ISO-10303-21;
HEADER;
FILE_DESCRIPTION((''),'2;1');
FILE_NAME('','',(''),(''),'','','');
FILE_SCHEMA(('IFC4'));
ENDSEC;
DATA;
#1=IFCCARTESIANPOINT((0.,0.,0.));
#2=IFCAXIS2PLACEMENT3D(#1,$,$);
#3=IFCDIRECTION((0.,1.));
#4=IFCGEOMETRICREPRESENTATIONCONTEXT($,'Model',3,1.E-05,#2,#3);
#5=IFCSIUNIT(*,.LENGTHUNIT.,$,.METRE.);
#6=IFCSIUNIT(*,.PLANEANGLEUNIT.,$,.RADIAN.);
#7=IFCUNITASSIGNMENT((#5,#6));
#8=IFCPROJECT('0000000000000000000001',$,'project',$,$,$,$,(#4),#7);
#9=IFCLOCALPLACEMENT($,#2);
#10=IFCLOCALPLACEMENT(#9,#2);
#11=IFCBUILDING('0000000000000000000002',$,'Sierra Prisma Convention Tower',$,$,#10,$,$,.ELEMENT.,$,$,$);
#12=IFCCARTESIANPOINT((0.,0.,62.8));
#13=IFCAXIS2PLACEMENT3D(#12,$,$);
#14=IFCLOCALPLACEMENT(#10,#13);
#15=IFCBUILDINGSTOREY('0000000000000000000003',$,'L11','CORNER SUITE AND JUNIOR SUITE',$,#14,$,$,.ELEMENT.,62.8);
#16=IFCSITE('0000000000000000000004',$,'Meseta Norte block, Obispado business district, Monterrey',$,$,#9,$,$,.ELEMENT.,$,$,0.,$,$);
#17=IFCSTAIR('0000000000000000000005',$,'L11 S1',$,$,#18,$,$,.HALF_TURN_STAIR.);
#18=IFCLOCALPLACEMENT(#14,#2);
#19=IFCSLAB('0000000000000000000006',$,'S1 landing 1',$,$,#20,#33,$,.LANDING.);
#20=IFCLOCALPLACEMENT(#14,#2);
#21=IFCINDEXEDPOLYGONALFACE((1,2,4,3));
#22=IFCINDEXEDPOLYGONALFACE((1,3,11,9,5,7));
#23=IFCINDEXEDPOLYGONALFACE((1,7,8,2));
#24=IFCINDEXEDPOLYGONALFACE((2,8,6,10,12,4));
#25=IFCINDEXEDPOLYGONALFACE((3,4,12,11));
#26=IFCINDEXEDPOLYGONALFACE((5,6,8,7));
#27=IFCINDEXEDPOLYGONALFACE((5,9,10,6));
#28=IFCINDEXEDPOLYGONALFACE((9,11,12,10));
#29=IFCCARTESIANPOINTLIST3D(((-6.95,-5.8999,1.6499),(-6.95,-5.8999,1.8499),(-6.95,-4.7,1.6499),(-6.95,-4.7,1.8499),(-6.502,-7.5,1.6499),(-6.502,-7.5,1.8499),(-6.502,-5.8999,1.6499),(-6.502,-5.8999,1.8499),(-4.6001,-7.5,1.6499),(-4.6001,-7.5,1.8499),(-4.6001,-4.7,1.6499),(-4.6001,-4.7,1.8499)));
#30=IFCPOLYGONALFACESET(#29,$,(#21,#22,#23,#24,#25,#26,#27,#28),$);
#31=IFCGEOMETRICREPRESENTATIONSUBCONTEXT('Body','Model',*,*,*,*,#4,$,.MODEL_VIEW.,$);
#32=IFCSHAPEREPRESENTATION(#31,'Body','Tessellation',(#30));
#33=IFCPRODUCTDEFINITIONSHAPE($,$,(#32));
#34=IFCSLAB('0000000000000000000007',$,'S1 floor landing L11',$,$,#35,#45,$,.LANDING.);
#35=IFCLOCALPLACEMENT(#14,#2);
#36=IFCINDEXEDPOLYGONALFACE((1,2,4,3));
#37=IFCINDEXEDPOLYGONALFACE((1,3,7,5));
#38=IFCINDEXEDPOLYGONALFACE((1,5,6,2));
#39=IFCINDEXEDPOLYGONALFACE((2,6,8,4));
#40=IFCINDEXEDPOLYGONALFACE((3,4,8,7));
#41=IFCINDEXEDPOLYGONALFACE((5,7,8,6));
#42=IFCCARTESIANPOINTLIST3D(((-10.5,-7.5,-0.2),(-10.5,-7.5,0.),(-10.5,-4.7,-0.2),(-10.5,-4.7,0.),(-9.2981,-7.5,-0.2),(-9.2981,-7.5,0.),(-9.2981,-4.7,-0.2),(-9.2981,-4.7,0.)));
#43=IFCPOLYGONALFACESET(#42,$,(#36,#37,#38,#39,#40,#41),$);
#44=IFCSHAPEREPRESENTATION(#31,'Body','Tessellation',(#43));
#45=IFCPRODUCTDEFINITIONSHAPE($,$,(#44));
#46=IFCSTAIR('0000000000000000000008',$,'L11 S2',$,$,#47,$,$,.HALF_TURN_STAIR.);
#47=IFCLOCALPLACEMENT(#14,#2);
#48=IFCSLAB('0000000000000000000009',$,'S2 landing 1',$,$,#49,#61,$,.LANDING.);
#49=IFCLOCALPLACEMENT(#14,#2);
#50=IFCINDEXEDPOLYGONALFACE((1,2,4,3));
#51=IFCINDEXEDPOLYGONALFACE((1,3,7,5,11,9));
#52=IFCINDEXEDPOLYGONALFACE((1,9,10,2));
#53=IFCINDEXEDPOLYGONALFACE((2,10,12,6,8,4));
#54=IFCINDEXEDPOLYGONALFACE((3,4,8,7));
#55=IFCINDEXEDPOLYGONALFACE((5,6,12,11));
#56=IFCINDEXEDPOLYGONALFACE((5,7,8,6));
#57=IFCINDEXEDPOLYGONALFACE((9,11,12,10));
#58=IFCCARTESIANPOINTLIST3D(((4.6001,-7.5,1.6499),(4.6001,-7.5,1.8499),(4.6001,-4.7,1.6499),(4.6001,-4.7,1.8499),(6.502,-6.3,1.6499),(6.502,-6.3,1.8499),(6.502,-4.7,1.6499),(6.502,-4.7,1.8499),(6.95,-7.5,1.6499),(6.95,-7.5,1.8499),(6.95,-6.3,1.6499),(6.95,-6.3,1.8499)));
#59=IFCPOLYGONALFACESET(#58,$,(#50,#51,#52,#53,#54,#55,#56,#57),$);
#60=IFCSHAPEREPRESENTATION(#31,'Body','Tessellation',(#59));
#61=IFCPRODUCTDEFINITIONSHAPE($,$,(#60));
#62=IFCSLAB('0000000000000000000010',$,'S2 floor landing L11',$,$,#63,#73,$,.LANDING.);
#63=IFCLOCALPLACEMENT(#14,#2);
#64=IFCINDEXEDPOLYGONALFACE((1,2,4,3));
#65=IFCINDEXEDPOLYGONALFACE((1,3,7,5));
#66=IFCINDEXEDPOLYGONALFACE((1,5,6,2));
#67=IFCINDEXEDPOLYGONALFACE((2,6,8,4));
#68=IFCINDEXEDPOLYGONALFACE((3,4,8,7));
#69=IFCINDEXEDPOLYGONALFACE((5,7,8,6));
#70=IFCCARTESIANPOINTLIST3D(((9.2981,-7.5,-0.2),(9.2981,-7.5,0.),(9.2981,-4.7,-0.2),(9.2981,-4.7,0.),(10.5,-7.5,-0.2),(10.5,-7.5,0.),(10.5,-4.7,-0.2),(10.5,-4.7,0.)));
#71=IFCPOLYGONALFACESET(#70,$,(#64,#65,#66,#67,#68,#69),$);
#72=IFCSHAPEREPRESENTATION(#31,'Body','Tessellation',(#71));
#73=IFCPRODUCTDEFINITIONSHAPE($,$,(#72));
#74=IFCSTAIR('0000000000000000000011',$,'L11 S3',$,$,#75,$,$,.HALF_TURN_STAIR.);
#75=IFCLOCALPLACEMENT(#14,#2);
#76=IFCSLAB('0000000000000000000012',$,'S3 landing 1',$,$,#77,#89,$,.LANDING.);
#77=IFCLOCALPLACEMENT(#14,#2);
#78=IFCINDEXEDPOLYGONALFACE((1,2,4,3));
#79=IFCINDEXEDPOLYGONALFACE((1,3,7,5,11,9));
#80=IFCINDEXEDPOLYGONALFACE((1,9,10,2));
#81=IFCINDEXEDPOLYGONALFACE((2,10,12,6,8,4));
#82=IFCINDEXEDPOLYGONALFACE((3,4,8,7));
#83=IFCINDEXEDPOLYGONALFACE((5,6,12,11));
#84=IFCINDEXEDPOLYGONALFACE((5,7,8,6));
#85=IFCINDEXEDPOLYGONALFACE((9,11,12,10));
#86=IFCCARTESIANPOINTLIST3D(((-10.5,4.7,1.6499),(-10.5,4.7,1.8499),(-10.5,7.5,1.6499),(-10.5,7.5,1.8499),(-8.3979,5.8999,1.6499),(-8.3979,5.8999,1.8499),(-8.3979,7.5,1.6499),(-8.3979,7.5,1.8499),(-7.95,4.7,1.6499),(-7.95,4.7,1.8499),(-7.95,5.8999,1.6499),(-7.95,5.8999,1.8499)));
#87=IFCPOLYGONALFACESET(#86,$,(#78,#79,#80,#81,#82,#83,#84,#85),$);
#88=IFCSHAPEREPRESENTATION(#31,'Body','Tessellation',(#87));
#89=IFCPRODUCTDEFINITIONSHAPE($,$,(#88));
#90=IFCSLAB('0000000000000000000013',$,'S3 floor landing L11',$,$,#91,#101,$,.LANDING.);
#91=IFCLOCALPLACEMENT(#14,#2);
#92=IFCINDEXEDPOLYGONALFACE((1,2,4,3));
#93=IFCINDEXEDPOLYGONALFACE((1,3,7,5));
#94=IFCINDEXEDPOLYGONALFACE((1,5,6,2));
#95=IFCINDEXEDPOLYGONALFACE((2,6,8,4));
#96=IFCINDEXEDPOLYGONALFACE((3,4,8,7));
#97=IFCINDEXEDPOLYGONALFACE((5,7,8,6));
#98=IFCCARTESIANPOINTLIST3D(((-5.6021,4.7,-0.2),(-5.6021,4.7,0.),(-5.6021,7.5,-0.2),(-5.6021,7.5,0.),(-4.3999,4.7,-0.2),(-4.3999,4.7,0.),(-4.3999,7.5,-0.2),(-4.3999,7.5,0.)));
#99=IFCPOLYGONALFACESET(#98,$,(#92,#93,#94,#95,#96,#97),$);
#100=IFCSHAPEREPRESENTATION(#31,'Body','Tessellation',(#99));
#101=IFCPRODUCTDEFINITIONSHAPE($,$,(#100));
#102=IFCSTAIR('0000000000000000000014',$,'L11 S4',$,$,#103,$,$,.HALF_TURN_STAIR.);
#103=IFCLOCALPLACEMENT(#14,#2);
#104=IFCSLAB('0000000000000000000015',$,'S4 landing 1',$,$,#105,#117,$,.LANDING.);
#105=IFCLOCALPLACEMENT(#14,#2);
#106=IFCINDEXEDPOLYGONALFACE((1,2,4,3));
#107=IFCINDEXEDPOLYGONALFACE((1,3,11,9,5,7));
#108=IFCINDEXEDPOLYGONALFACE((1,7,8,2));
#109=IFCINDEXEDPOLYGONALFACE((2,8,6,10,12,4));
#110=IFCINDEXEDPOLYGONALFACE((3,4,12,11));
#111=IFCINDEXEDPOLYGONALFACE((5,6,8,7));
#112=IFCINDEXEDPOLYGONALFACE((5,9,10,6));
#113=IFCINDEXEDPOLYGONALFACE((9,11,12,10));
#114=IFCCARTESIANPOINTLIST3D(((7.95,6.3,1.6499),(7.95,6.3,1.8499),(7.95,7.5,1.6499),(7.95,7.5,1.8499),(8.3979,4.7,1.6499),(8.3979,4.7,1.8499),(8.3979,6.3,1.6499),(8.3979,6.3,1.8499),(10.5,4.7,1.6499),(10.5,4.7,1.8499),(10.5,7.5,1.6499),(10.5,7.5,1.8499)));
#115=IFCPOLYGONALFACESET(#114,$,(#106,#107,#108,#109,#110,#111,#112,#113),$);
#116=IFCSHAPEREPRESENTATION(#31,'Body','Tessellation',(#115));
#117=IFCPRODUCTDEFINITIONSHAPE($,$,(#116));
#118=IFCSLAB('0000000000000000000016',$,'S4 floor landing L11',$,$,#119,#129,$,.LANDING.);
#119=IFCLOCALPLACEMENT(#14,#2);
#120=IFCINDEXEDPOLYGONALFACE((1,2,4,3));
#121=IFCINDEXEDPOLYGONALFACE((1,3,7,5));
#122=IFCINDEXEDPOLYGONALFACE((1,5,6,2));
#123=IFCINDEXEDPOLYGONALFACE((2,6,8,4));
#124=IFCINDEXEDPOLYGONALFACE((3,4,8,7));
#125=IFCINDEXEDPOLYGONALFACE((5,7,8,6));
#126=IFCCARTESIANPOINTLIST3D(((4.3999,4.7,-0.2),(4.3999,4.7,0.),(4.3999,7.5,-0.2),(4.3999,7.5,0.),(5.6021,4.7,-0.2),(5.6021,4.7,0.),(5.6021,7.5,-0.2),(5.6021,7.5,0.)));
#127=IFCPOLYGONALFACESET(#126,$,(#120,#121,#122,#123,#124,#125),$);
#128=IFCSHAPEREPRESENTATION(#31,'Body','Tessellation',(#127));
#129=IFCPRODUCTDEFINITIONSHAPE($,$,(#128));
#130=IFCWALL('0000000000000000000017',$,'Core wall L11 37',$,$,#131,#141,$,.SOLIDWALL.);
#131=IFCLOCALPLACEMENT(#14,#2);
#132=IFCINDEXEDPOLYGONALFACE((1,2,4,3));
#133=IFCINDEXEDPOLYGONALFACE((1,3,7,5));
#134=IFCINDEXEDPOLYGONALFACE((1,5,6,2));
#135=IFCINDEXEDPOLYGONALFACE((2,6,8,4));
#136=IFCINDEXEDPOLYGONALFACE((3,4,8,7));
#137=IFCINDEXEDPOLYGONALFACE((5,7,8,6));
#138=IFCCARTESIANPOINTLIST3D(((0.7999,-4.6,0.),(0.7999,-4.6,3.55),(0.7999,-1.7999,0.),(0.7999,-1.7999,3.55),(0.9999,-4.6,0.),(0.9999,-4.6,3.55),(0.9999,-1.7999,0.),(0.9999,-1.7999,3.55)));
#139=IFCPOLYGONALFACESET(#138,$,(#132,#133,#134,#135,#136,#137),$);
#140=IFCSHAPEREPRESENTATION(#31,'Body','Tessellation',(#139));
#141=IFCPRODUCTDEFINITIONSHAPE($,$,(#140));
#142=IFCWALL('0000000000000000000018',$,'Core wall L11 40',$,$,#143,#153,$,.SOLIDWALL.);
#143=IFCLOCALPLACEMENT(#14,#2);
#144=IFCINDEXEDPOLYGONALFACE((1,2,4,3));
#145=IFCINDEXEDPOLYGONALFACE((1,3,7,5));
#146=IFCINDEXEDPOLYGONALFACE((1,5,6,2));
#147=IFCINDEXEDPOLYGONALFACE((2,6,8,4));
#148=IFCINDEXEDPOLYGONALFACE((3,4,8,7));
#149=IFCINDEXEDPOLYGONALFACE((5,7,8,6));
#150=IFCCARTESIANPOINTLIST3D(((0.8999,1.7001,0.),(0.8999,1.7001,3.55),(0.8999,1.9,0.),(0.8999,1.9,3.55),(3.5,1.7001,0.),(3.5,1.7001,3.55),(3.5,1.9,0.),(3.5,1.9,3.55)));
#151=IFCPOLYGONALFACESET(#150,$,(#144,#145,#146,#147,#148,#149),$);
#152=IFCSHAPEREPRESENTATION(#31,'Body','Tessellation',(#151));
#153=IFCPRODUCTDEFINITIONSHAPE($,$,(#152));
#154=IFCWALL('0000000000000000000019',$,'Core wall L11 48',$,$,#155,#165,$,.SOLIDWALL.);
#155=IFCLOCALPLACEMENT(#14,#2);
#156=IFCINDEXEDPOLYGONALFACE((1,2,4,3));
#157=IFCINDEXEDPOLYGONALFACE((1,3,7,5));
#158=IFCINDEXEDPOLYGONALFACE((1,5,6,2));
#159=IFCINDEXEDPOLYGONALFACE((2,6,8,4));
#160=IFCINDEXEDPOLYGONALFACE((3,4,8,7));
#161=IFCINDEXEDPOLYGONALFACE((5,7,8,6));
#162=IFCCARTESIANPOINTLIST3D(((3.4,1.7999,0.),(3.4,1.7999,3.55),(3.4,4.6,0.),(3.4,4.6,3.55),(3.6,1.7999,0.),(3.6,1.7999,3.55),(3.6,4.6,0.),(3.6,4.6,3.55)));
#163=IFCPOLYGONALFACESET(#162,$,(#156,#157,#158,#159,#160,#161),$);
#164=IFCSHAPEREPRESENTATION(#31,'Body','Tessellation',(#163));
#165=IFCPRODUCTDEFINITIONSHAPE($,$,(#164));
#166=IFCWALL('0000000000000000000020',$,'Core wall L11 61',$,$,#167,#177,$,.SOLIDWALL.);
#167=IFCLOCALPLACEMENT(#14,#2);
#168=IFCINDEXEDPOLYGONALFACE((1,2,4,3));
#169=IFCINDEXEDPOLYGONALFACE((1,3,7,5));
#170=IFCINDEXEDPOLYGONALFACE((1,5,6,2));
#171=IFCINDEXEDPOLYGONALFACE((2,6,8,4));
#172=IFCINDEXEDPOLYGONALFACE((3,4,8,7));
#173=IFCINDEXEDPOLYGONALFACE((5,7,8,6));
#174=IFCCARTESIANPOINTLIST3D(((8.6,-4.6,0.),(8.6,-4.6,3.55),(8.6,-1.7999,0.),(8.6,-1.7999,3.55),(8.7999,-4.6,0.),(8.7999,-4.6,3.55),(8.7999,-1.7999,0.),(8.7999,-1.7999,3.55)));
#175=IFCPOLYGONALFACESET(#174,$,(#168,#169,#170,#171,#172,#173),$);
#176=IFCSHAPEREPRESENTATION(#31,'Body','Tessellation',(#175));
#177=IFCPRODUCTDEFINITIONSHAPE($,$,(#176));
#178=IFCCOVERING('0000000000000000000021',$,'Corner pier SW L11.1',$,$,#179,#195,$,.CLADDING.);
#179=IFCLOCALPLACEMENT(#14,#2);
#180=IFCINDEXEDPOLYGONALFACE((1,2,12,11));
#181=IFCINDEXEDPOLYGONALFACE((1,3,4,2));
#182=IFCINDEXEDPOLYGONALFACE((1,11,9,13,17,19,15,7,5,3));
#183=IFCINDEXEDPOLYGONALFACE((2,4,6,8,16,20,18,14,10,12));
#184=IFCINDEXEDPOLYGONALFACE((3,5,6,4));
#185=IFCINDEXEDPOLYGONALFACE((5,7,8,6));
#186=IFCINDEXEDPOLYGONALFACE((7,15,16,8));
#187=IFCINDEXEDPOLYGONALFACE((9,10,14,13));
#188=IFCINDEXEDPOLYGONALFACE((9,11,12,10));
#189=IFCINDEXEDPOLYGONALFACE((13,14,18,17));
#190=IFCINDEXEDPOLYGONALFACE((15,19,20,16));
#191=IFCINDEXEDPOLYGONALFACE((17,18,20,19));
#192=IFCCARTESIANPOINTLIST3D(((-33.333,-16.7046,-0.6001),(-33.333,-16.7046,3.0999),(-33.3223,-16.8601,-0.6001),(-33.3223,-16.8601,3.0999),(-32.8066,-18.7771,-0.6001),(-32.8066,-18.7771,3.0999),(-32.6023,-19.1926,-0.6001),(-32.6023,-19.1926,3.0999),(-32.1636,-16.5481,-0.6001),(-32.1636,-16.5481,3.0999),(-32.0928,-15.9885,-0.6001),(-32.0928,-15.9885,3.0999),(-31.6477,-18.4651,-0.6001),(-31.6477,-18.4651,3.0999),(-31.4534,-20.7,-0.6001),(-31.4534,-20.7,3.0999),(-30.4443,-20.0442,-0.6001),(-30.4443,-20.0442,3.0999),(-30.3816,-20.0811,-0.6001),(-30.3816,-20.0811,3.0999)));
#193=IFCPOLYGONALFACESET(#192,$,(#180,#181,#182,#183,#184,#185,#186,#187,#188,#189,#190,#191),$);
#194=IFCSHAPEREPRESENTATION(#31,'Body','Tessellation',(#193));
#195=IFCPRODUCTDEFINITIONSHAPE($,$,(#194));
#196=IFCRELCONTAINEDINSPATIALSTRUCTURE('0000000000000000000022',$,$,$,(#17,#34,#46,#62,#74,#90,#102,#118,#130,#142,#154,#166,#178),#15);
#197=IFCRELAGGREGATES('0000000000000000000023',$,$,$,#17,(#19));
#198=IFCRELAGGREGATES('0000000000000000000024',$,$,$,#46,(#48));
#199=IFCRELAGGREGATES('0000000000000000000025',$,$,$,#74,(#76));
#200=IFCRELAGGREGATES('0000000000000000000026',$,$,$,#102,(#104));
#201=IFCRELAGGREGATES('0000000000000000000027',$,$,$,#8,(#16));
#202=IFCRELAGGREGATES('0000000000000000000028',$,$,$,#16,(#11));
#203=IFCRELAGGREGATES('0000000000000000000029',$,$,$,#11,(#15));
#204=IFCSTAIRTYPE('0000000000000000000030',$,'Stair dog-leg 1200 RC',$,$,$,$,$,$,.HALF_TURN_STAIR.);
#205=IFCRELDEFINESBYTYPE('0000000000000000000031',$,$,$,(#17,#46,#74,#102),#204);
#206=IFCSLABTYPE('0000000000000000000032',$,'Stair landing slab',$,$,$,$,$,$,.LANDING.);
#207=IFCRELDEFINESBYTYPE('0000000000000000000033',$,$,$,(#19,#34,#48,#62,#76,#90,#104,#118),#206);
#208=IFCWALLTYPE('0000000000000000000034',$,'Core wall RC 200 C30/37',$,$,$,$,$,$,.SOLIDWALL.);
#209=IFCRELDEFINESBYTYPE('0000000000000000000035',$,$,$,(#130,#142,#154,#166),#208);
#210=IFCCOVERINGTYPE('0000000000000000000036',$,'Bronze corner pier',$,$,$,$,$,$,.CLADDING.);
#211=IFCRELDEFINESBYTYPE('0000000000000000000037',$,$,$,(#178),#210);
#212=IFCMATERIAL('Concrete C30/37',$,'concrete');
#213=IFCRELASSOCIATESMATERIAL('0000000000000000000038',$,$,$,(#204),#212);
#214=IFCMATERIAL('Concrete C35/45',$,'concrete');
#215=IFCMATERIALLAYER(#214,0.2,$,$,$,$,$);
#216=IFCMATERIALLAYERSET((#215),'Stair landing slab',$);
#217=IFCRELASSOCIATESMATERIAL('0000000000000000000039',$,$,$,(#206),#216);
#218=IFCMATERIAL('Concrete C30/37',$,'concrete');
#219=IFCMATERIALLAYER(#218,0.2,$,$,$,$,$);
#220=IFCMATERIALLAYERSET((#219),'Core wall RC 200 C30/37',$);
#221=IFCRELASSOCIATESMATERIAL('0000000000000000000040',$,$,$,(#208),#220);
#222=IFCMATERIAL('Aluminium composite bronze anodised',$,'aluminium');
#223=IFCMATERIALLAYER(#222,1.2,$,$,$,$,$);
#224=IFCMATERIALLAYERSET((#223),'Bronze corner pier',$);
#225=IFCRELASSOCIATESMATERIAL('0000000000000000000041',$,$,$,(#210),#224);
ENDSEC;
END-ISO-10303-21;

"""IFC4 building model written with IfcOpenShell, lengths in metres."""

from ifc_helpers import new_model, si_unit, direction, frame, frame_2d, origin, place, context, subcontext, project, spatial, polyline, rectangle, outline, extrude, material, layer, layer_set, type_object, element, aggregate, save


model = new_model("IFC4")

# Units and contexts
model_context = context("Model", 3, precision=1e-05, world=origin(), true_north=direction((0.0, 1.0)))
body_context = subcontext(model_context, "Body", "Model", "MODEL_VIEW")
ifc_project = project(units=[si_unit("LENGTHUNIT", "METRE"), si_unit("PLANEANGLEUNIT", "RADIAN")], contexts=[model_context])

# Site, building, storey
site_placement = place(None, origin())
site = spatial("IfcSite", under=ifc_project, at=site_placement, Name="Meseta Norte block, Obispado business district, Monterrey", CompositionType="ELEMENT", RefElevation=0.0)
building_placement = place(site_placement, origin())
building = spatial("IfcBuilding", under=site, at=building_placement, Name="Sierra Prisma Convention Tower", CompositionType="ELEMENT")
storey_placement = place(building_placement, frame((0.0, 0.0, 62.8)))
storey = spatial("IfcBuildingStorey", under=building, at=storey_placement, Name="L11", Description="CORNER SUITE AND JUNIOR SUITE", CompositionType="ELEMENT", Elevation=62.8)

# Stair, slab
ifc_material_1 = material(Name="Concrete C30/37", Category="concrete")
stair_type = type_object("IfcStairType", Name="Stair dog-leg 1200 RC", PredefinedType="HALF_TURN_STAIR", material=ifc_material_1)
stair_1_placement = place(storey_placement, origin())
stair_1 = element("IfcStair", 1, at=stair_1_placement, inside=storey, type_object=stair_type, Name="L11 S1", PredefinedType="HALF_TURN_STAIR")
ifc_material_2 = material(Name="Concrete C35/45", Category="concrete")
ifc_layer_1 = layer(ifc_material_2, 0.2)
ifc_layer_set_1 = layer_set([ifc_layer_1], Name="Stair landing slab")
slab_type = type_object("IfcSlabType", Name="Stair landing slab", PredefinedType="LANDING", material=ifc_layer_set_1)
slab_1_placement = place(storey_placement, frame((0.0, 0.0, 1.6499)))
slab_1 = element("IfcSlab", 2, at=slab_1_placement, type_object=slab_type, Name="S1 landing 1", PredefinedType="LANDING", context=body_context, shape_type="SweptSolid", body=[
    extrude(outline(polyline([(-4.6001, -4.7), (-4.6001, -7.5), (-6.502, -7.5), (-6.502, -5.8999), (-6.95, -5.8999), (-6.95, -4.7), (-4.6001, -4.7)])), origin(), (0.0, 0.0, 1.0), 0.2),
])
aggregate(stair_1, [slab_1])

# Slab
slab_2_placement = place(storey_placement, frame((0.0, 0.0, -0.2)))
element("IfcSlab", 3, at=slab_2_placement, inside=storey, type_object=slab_type, Name="S1 floor landing L11", PredefinedType="LANDING", context=body_context, shape_type="SweptSolid", body=[
    extrude(outline(polyline([(-10.5, -7.5), (-9.2981, -7.5), (-9.2981, -4.7), (-10.5, -4.7), (-10.5, -7.5)])), origin(), (0.0, 0.0, 1.0), 0.2),
])

# Stair, slab
stair_2_placement = place(storey_placement, origin())
stair_2 = element("IfcStair", 4, at=stair_2_placement, inside=storey, type_object=stair_type, Name="L11 S2", PredefinedType="HALF_TURN_STAIR")
slab_3_placement = place(storey_placement, frame((0.0, 0.0, 1.6499)))
slab_3 = element("IfcSlab", 5, at=slab_3_placement, type_object=slab_type, Name="S2 landing 1", PredefinedType="LANDING", context=body_context, shape_type="SweptSolid", body=[
    extrude(outline(polyline([(6.95, -6.3), (6.95, -7.5), (4.6001, -7.5), (4.6001, -4.7), (6.502, -4.7), (6.502, -6.3), (6.95, -6.3)])), origin(), (0.0, 0.0, 1.0), 0.2),
])
aggregate(stair_2, [slab_3])

# Slab
slab_4_placement = place(storey_placement, frame((0.0, 0.0, -0.2)))
element("IfcSlab", 6, at=slab_4_placement, inside=storey, type_object=slab_type, Name="S2 floor landing L11", PredefinedType="LANDING", context=body_context, shape_type="SweptSolid", body=[
    extrude(outline(polyline([(10.5, -4.7), (9.2981, -4.7), (9.2981, -7.5), (10.5, -7.5), (10.5, -4.7)])), origin(), (0.0, 0.0, 1.0), 0.2),
])

# Stair, slab
stair_3_placement = place(storey_placement, origin())
stair_3 = element("IfcStair", 7, at=stair_3_placement, inside=storey, type_object=stair_type, Name="L11 S3", PredefinedType="HALF_TURN_STAIR")
slab_5_placement = place(storey_placement, frame((0.0, 0.0, 1.6499)))
slab_5 = element("IfcSlab", 8, at=slab_5_placement, type_object=slab_type, Name="S3 landing 1", PredefinedType="LANDING", context=body_context, shape_type="SweptSolid", body=[
    extrude(outline(polyline([(-7.95, 5.8999), (-7.95, 4.7), (-10.5, 4.7), (-10.5, 7.5), (-8.3979, 7.5), (-8.3979, 5.8999), (-7.95, 5.8999)])), origin(), (0.0, 0.0, 1.0), 0.2),
])
aggregate(stair_3, [slab_5])

# Slab
slab_6_placement = place(storey_placement, frame((0.0, 0.0, -0.2)))
element("IfcSlab", 9, at=slab_6_placement, inside=storey, type_object=slab_type, Name="S3 floor landing L11", PredefinedType="LANDING", context=body_context, shape_type="SweptSolid", body=[
    extrude(outline(polyline([(-4.3999, 7.5), (-5.6021, 7.5), (-5.6021, 4.7), (-4.3999, 4.7), (-4.3999, 7.5)])), origin(), (0.0, 0.0, 1.0), 0.2),
])

# Stair, slab
stair_4_placement = place(storey_placement, origin())
stair_4 = element("IfcStair", 10, at=stair_4_placement, inside=storey, type_object=stair_type, Name="L11 S4", PredefinedType="HALF_TURN_STAIR")
slab_7_placement = place(storey_placement, frame((0.0, 0.0, 1.6499)))
slab_7 = element("IfcSlab", 11, at=slab_7_placement, type_object=slab_type, Name="S4 landing 1", PredefinedType="LANDING", context=body_context, shape_type="SweptSolid", body=[
    extrude(outline(polyline([(10.5, 7.5), (10.5, 4.7), (8.3979, 4.7), (8.3979, 6.3), (7.95, 6.3), (7.95, 7.5), (10.5, 7.5)])), origin(), (0.0, 0.0, 1.0), 0.2),
])
aggregate(stair_4, [slab_7])

# Slab
slab_8_placement = place(storey_placement, frame((0.0, 0.0, -0.2)))
element("IfcSlab", 12, at=slab_8_placement, inside=storey, type_object=slab_type, Name="S4 floor landing L11", PredefinedType="LANDING", context=body_context, shape_type="SweptSolid", body=[
    extrude(outline(polyline([(4.3999, 4.7), (5.6021, 4.7), (5.6021, 7.5), (4.3999, 7.5), (4.3999, 4.7)])), origin(), (0.0, 0.0, 1.0), 0.2),
])

# Shared definitions
ifc_material_3 = material(Name="Concrete C30/37", Category="concrete")
ifc_layer_2 = layer(ifc_material_3, 0.2)
ifc_layer_set_2 = layer_set([ifc_layer_2], Name="Core wall RC 200 C30/37")
wall_type = type_object("IfcWallType", Name="Core wall RC 200 C30/37", PredefinedType="SOLIDWALL", material=ifc_layer_set_2)

# Wall
wall_1_placement = place(storey_placement, frame((0.8999, -1.8, 0.0), z_axis=(0.0, 0.0, 1.0), x_axis=(0.0, -1.0, 0.0)))
element("IfcWall", 13, at=wall_1_placement, inside=storey, type_object=wall_type, Name="Core wall L11 37", PredefinedType="SOLIDWALL", context=body_context, shape_type="SweptSolid", body=[
    extrude(rectangle(XDim=2.8, YDim=0.2, at=frame_2d((1.3999, 0.0))), origin(), (0.0, 0.0, 1.0), 3.55),
])

# Wall
wall_2_placement = place(storey_placement, frame((3.5, 1.8, 0.0), z_axis=(0.0, 0.0, 1.0), x_axis=(-1.0, 0.0, 0.0)))
element("IfcWall", 14, at=wall_2_placement, inside=storey, type_object=wall_type, Name="Core wall L11 40", PredefinedType="SOLIDWALL", context=body_context, shape_type="SweptSolid", body=[
    extrude(rectangle(XDim=2.6001, YDim=0.2, at=frame_2d((1.3, 0.0))), origin(), (0.0, 0.0, 1.0), 3.55),
])

# Wall
wall_3_placement = place(storey_placement, frame((3.5, 1.8, 0.0), z_axis=(0.0, 0.0, 1.0), x_axis=(0.0, 1.0, 0.0)))
element("IfcWall", 15, at=wall_3_placement, inside=storey, type_object=wall_type, Name="Core wall L11 48", PredefinedType="SOLIDWALL", context=body_context, shape_type="SweptSolid", body=[
    extrude(rectangle(XDim=2.8, YDim=0.2, at=frame_2d((1.3999, 0.0))), origin(), (0.0, 0.0, 1.0), 3.55),
])

# Wall
wall_4_placement = place(storey_placement, frame((8.7, -1.8, 0.0), z_axis=(0.0, 0.0, 1.0), x_axis=(0.0, -1.0, 0.0)))
element("IfcWall", 16, at=wall_4_placement, inside=storey, type_object=wall_type, Name="Core wall L11 61", PredefinedType="SOLIDWALL", context=body_context, shape_type="SweptSolid", body=[
    extrude(rectangle(XDim=2.8, YDim=0.2, at=frame_2d((1.3999, 0.0))), origin(), (0.0, 0.0, 1.0), 3.55),
])

# Covering
ifc_material_4 = material(Name="Aluminium composite bronze anodised", Category="aluminium")
ifc_layer_3 = layer(ifc_material_4, 1.2)
ifc_layer_set_3 = layer_set([ifc_layer_3], Name="Bronze corner pier")
covering_type = type_object("IfcCoveringType", Name="Bronze corner pier", PredefinedType="CLADDING", material=ifc_layer_set_3)
covering_placement = place(storey_placement, frame((0.0, 0.0, -0.6001)))
element("IfcCovering", 17, at=covering_placement, inside=storey, type_object=covering_type, Name="Corner pier SW L11.1", PredefinedType="CLADDING", context=body_context, shape_type="SweptSolid", body=[
    extrude(outline(polyline([(-32.6023, -19.1926), (-32.8066, -18.7771), (-33.3223, -16.8601), (-33.333, -16.7046), (-32.0928, -15.9885), (-32.1636, -16.5481), (-31.6477, -18.4651), (-30.4443, -20.0442), (-30.3816, -20.0811), (-31.4534, -20.7), (-32.6023, -19.1926)])), origin(), (0.0, 0.0, 1.0), 3.7),
])

save(model, "model.ifc")
